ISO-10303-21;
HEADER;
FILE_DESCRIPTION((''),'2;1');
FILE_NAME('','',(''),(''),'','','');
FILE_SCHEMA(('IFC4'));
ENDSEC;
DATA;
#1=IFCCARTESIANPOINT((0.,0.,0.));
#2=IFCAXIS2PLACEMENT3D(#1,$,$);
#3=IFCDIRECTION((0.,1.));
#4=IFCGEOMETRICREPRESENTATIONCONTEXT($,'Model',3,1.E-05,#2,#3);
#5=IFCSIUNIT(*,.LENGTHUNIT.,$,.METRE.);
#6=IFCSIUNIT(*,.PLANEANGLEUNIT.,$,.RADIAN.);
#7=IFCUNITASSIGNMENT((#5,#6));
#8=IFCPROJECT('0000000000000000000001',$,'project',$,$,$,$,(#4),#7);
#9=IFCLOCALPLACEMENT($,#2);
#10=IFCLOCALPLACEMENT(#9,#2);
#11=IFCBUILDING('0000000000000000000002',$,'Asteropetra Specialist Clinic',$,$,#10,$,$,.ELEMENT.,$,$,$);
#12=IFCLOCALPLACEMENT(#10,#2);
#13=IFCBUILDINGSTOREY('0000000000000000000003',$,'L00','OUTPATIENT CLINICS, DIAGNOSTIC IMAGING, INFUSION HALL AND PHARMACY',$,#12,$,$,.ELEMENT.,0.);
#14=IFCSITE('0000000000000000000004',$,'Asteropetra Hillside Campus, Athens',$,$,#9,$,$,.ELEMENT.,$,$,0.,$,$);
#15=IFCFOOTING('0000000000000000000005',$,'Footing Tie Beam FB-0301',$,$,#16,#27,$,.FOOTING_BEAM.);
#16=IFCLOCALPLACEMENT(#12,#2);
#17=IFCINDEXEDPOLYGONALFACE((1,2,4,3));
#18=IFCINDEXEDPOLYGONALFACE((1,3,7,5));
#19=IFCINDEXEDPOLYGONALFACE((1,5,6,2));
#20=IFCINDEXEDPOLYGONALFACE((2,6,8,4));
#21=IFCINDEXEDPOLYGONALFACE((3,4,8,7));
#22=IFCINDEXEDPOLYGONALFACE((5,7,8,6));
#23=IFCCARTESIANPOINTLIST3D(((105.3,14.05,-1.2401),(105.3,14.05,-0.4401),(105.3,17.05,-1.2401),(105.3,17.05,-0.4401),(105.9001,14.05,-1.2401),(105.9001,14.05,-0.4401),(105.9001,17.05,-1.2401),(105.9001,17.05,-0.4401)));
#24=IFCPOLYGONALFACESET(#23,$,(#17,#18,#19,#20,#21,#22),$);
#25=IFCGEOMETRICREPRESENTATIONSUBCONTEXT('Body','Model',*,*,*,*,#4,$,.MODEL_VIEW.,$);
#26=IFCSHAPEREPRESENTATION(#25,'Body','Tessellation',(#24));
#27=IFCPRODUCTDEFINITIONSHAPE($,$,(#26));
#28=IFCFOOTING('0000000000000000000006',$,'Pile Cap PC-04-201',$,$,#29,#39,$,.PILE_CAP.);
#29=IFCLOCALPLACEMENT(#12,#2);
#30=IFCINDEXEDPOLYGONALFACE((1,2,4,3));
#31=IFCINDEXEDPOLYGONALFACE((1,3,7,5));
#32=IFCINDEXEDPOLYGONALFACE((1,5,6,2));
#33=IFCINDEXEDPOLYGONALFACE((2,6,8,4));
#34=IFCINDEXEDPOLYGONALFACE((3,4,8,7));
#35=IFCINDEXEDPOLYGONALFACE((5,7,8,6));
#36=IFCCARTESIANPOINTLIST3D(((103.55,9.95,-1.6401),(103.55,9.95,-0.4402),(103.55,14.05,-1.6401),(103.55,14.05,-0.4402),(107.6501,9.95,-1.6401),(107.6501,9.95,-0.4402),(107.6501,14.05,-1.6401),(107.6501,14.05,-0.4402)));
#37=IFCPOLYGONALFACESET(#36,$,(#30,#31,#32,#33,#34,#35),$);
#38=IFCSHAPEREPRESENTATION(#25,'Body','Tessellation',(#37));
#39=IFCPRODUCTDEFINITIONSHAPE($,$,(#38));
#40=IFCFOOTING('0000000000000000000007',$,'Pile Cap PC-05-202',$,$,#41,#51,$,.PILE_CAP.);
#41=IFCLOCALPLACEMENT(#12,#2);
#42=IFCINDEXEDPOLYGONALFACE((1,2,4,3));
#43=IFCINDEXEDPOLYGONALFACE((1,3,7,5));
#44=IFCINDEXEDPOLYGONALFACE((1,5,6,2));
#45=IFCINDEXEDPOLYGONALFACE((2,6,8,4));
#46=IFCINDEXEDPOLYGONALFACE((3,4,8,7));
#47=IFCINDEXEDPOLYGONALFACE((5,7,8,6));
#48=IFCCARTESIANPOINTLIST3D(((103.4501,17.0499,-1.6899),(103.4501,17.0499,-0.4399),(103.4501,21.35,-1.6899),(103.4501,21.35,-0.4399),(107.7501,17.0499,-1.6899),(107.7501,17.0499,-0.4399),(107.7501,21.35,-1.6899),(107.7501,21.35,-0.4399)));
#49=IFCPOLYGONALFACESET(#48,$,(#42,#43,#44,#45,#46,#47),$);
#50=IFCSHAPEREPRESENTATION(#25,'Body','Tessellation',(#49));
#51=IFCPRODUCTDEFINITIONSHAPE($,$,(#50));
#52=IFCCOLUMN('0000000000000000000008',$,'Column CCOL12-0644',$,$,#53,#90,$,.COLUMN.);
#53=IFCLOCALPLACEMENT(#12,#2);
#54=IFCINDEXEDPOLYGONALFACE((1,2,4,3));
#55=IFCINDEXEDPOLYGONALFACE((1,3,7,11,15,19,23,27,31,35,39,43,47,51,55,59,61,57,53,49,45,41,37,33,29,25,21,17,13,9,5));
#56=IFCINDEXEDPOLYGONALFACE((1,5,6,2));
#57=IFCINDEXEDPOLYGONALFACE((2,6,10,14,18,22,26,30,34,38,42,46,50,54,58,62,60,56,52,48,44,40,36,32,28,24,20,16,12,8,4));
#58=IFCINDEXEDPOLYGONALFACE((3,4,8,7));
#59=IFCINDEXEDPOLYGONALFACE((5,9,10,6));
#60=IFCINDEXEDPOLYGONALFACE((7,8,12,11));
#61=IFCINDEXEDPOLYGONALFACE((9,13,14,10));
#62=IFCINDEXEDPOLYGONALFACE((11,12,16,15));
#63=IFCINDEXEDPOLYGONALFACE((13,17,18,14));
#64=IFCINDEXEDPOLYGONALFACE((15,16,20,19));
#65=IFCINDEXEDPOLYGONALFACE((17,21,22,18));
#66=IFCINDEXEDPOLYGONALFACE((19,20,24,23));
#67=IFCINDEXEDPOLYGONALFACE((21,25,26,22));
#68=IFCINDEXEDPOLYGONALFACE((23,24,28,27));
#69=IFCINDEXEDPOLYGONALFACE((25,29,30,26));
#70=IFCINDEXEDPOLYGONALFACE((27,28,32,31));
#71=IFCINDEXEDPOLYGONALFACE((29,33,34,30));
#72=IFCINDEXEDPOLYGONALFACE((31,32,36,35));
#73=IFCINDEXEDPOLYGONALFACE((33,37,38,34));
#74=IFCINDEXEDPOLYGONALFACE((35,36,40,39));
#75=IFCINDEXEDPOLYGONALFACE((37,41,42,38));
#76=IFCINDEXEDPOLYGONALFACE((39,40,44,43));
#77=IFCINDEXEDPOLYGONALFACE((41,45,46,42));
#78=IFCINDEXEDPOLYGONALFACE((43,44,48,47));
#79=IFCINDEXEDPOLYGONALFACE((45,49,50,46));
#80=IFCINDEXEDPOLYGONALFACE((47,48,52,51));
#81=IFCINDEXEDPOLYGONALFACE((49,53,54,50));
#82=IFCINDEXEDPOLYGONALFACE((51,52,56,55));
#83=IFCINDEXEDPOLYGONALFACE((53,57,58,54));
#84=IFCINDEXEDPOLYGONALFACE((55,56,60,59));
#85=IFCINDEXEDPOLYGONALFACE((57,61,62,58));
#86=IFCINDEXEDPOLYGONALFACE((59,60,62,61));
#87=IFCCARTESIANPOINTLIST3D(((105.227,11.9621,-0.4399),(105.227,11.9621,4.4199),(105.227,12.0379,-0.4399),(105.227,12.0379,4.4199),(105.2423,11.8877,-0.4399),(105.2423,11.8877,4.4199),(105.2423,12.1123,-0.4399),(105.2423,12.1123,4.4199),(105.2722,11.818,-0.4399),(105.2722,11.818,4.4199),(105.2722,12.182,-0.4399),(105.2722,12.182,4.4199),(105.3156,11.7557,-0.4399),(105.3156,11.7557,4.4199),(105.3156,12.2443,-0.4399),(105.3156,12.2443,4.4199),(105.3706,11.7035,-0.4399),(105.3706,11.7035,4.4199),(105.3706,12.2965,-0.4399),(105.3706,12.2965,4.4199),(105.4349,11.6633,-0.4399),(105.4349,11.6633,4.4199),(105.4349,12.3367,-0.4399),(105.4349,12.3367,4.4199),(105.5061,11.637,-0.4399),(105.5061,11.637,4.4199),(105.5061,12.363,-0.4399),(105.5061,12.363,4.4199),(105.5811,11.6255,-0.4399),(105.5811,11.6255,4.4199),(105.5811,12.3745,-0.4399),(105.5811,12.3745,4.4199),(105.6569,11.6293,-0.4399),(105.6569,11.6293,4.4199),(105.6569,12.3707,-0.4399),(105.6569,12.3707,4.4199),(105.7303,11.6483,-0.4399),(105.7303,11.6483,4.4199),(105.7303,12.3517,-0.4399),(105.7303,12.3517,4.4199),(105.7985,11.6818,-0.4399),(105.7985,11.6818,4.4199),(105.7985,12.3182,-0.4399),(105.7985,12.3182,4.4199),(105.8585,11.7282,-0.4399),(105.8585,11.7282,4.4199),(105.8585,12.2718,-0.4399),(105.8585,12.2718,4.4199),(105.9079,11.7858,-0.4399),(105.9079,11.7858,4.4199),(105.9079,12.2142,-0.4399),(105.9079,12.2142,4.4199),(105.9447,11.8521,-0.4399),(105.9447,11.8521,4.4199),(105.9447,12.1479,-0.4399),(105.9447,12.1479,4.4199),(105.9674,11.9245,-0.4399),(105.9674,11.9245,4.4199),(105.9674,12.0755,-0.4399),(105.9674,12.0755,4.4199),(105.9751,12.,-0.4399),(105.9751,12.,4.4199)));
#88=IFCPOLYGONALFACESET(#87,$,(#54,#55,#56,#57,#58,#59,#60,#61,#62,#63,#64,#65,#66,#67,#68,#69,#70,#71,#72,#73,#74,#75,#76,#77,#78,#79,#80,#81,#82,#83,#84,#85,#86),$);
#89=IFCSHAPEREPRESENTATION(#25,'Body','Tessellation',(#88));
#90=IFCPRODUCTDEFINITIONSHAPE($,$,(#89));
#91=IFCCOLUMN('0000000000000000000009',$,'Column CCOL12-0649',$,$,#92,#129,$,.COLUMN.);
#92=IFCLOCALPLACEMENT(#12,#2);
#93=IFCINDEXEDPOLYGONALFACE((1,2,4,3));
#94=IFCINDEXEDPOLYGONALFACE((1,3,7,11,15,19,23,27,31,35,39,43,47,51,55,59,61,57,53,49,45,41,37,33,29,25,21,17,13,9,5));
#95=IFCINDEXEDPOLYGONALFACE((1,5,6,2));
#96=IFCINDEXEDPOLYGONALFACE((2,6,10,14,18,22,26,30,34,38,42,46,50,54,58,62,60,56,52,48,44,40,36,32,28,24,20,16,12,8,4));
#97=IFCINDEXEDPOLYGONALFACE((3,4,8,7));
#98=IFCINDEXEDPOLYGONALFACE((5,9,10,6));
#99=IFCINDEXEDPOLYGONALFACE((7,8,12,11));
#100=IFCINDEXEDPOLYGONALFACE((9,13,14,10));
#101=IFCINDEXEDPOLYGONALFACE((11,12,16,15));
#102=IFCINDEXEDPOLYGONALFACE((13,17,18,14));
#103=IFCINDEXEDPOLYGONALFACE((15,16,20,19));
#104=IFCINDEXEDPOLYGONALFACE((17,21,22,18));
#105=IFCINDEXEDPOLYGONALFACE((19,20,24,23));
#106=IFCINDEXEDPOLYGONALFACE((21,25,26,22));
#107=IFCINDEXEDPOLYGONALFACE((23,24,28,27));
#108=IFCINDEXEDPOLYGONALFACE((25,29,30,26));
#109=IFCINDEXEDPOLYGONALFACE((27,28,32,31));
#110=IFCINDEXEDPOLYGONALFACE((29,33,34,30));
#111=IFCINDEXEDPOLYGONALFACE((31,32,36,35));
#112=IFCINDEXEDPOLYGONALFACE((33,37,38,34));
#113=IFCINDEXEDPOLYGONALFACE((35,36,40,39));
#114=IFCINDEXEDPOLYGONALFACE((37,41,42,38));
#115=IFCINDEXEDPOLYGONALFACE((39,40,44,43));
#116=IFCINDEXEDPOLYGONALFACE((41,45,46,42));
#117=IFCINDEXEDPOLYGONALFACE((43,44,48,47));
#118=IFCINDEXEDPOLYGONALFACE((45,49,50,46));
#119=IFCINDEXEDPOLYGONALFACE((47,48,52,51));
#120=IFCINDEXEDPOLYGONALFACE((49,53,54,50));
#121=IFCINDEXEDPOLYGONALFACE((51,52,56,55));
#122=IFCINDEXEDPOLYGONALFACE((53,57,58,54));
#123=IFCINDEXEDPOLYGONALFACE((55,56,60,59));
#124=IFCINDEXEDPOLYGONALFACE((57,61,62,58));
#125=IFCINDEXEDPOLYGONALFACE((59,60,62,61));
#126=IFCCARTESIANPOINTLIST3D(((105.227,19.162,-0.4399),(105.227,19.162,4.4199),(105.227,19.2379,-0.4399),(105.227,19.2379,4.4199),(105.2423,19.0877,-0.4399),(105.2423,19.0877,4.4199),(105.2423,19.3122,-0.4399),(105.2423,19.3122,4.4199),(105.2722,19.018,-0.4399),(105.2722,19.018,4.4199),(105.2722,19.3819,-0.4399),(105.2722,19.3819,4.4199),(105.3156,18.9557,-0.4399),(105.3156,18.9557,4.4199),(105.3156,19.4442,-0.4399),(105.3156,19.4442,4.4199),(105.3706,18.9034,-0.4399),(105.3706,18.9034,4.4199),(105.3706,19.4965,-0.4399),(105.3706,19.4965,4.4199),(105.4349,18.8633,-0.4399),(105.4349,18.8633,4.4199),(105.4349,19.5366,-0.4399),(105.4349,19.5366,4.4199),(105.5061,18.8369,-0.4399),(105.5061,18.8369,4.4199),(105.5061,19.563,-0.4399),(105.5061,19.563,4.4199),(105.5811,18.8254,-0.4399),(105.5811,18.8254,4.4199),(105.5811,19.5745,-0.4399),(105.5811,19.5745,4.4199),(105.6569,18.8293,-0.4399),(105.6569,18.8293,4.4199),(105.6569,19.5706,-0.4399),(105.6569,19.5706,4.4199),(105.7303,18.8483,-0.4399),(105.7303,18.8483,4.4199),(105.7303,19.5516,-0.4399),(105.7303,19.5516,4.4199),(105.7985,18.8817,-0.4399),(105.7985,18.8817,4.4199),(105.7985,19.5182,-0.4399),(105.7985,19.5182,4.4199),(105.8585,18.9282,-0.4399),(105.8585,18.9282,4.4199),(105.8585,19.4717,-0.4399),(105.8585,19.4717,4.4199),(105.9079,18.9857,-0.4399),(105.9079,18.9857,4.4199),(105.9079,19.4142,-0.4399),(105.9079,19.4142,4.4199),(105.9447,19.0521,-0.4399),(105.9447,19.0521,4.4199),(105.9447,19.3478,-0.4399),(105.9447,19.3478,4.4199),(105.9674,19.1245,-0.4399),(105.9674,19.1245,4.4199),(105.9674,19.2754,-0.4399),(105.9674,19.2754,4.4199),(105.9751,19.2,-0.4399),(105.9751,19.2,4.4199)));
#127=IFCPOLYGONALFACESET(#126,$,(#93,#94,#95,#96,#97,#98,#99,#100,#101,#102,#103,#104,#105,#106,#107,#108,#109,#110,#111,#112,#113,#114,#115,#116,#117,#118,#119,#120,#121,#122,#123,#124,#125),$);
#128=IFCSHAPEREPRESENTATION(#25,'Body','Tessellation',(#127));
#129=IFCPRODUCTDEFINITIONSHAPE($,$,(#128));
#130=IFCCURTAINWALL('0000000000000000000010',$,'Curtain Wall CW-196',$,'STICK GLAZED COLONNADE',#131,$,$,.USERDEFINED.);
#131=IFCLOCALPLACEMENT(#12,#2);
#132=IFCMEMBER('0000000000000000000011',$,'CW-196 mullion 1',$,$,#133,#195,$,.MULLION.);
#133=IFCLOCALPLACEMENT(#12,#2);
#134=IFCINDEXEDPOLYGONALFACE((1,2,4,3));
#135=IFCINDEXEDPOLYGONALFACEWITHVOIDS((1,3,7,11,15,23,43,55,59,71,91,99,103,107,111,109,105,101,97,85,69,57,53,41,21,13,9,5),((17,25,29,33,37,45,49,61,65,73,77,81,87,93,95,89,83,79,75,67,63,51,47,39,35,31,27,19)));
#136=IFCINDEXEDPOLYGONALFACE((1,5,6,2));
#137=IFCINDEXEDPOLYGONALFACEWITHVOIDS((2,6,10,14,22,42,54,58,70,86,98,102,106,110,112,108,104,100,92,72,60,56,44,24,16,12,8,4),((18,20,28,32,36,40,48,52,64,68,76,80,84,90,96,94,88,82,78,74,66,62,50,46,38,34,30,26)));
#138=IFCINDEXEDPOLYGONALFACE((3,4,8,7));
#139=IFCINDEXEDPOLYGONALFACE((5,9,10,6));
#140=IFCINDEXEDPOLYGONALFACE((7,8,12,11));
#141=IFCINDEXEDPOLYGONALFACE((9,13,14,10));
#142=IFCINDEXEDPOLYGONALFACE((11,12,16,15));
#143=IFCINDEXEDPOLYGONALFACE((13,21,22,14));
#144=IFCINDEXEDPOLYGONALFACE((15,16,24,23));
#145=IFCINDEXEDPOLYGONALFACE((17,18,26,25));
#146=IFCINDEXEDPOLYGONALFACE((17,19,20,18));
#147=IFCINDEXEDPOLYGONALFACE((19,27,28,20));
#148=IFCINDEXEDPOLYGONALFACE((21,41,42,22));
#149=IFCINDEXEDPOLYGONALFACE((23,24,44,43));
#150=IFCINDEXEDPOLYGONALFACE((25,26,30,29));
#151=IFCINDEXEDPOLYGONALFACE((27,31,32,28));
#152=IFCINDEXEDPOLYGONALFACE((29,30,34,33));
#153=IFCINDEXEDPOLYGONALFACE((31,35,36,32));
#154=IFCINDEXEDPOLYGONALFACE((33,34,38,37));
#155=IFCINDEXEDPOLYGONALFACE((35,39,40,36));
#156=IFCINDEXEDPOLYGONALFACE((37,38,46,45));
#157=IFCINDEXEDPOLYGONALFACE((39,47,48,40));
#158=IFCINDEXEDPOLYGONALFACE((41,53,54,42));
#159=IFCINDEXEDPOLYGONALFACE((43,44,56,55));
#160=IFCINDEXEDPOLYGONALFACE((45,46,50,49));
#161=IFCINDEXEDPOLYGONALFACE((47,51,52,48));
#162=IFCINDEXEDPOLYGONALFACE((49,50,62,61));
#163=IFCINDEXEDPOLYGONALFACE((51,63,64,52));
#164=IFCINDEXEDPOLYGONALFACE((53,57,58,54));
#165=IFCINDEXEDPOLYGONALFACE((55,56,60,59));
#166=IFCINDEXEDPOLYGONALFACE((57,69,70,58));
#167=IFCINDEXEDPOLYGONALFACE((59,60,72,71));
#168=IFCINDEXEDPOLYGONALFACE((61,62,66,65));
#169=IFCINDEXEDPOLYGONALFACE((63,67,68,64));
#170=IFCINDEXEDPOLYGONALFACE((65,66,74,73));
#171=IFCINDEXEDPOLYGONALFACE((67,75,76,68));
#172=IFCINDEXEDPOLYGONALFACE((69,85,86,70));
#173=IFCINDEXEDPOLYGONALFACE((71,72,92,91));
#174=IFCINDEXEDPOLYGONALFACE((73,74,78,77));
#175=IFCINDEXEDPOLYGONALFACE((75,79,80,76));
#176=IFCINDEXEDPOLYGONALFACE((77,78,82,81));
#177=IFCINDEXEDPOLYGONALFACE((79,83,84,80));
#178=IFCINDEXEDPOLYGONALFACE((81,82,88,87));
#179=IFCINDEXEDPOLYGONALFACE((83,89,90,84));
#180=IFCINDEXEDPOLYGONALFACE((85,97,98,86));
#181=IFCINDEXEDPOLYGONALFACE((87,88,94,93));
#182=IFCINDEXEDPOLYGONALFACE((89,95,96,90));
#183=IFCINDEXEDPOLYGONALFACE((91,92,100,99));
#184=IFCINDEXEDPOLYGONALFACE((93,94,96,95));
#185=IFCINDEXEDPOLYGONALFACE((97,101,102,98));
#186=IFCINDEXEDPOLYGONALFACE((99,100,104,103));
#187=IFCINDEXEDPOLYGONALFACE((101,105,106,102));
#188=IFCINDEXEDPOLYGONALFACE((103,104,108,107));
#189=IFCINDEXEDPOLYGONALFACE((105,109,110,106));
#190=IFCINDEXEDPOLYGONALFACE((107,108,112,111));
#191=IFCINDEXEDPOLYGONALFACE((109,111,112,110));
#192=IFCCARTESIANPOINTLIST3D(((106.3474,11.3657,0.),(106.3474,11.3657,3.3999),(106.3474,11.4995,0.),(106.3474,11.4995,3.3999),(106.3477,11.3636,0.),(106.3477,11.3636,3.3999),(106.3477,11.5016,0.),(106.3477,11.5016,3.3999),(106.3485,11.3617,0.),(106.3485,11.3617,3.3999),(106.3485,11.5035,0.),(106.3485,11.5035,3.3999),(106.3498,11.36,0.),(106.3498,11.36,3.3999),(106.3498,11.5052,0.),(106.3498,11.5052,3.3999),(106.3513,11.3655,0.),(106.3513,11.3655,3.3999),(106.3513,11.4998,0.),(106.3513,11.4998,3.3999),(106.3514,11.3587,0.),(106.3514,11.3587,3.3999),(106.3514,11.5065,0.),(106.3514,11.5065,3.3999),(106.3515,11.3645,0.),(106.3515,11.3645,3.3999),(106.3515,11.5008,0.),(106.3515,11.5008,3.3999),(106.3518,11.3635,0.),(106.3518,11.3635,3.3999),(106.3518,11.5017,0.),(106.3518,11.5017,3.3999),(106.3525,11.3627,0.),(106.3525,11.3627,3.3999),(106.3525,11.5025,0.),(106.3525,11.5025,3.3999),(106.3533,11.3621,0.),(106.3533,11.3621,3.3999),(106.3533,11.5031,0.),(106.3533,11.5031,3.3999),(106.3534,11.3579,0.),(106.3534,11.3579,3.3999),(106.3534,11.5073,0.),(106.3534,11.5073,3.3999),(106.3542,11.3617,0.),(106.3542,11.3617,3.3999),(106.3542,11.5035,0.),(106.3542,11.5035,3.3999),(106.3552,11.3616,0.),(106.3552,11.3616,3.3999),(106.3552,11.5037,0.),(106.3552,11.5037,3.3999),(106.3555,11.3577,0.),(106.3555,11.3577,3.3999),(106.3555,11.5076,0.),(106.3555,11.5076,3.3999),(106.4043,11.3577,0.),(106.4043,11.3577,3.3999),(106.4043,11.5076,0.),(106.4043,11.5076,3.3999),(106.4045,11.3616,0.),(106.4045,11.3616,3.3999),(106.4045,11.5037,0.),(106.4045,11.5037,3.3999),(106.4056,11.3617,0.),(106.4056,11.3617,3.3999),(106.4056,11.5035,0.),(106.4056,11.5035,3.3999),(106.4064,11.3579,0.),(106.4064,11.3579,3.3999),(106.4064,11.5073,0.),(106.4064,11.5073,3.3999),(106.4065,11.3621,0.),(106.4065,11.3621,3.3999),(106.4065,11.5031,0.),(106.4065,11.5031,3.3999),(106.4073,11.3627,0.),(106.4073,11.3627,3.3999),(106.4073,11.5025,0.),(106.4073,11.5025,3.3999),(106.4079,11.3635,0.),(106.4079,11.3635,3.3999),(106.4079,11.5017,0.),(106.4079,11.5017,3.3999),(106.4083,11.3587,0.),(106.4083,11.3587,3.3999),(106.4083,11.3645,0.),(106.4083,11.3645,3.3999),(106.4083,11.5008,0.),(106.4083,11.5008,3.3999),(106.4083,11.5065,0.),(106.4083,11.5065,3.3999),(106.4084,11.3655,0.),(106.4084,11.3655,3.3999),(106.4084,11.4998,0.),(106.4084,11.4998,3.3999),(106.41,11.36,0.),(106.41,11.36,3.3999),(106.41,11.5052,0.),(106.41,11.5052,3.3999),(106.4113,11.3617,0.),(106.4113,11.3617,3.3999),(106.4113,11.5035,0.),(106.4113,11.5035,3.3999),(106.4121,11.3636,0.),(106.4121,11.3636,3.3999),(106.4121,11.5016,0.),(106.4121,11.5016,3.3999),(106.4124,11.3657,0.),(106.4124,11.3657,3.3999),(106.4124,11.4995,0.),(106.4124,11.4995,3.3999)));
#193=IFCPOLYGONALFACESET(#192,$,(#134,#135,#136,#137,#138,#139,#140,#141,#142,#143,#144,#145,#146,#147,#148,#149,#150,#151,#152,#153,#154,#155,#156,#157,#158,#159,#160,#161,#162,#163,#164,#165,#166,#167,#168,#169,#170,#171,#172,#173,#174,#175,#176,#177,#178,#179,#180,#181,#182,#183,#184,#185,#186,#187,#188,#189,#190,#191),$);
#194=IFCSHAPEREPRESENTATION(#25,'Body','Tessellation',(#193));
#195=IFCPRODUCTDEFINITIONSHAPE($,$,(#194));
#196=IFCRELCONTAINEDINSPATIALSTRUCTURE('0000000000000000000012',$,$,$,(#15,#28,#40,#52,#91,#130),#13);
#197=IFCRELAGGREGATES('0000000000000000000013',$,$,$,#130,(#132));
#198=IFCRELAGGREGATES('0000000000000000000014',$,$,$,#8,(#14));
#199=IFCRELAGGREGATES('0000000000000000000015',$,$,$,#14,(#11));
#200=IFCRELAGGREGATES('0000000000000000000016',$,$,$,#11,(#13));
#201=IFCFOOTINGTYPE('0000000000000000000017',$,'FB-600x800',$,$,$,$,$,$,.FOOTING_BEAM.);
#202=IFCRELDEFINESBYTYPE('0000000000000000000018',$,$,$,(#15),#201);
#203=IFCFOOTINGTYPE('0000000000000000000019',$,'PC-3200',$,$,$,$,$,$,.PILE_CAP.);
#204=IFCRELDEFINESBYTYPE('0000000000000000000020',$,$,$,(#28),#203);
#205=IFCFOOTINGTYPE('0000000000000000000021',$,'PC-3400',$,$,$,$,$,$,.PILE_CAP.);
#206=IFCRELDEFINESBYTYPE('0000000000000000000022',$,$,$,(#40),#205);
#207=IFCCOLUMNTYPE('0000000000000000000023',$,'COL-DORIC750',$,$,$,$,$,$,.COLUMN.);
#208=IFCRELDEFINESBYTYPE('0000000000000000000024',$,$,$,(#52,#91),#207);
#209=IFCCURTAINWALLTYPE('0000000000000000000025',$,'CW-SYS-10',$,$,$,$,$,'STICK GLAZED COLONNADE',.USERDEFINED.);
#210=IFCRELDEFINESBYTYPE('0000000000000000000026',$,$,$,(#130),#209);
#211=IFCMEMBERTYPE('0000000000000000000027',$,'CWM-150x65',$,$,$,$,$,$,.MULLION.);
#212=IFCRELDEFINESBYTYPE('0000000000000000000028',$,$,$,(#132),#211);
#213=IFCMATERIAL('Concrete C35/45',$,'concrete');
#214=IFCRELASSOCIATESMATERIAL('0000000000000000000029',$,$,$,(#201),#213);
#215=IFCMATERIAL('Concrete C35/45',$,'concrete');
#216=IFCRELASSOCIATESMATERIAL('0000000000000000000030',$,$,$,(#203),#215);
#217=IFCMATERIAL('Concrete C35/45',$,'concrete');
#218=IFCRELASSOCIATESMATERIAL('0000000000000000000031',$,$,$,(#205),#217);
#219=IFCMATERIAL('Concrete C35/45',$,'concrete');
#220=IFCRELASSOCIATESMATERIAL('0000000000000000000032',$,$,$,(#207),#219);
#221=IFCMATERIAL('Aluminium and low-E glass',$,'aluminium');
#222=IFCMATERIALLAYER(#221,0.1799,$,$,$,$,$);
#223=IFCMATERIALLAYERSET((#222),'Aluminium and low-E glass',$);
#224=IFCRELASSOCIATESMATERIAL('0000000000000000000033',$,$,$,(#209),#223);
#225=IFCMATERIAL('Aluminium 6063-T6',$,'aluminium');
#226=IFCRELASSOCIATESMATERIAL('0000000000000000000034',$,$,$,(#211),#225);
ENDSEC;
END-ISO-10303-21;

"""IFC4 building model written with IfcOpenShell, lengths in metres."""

from ifc_helpers import new_model, si_unit, direction, frame, origin, origin_2d, place, context, subcontext, project, spatial, rectangle, hollow_rectangle, circle, extrude, material, layer, layer_set, material_profile, profile_set, type_object, element, aggregate, save


model = new_model("IFC4")

# Units and contexts
model_context = context("Model", 3, precision=1e-05, world=origin(), true_north=direction((0.0, 1.0)))
body_context = subcontext(model_context, "Body", "Model", "MODEL_VIEW")
ifc_project = project(units=[si_unit("LENGTHUNIT", "METRE"), si_unit("PLANEANGLEUNIT", "RADIAN")], contexts=[model_context])

# Site, building, storey
site_placement = place(None, origin())
site = spatial("IfcSite", under=ifc_project, at=site_placement, Name="Asteropetra Hillside Campus, Athens", CompositionType="ELEMENT", RefElevation=0.0)
building_placement = place(site_placement, origin())
building = spatial("IfcBuilding", under=site, at=building_placement, Name="Asteropetra Specialist Clinic", CompositionType="ELEMENT")
storey_placement = place(building_placement, origin())
storey = spatial("IfcBuildingStorey", under=building, at=storey_placement, Name="L00", Description="OUTPATIENT CLINICS, DIAGNOSTIC IMAGING, INFUSION HALL AND PHARMACY", CompositionType="ELEMENT", Elevation=0.0)

# Footings
ifc_material_1 = material(Name="Concrete C35/45", Category="concrete")
ifc_material_profile_1 = material_profile(ifc_material_1, rectangle(XDim=0.6001, YDim=0.8, at=origin_2d()), Name="FB 600x800")
ifc_profile_set_1 = profile_set([ifc_material_profile_1], Name="Concrete C35/45")
footing_type_1 = type_object("IfcFootingType", Name="FB-600x800", PredefinedType="FOOTING_BEAM", material=ifc_profile_set_1)
footing_1_placement = place(storey_placement, frame((105.6001, 14.05, -0.8401), z_axis=(0.0, 1.0, 0.0), x_axis=(-1.0, 0.0, 0.0)))
element("IfcFooting", 1, at=footing_1_placement, inside=storey, type_object=footing_type_1, Name="Footing Tie Beam FB-0301", PredefinedType="FOOTING_BEAM", context=body_context, shape_type="SweptSolid", body=[
    extrude(rectangle(XDim=0.6001, YDim=0.8, at=origin_2d()), origin(), (0.0, 0.0, 1.0), 3.0),
])
ifc_material_2 = material(Name="Concrete C35/45", Category="concrete")
footing_type_2 = type_object("IfcFootingType", Name="PC-3200", PredefinedType="PILE_CAP", material=ifc_material_2)
footing_2_placement = place(storey_placement, frame((105.6001, 12.0, -1.6401), z_axis=(0.0, 0.0, 1.0), x_axis=(1.0, 0.0, 0.0)))
element("IfcFooting", 2, at=footing_2_placement, inside=storey, type_object=footing_type_2, Name="Pile Cap PC-04-201", PredefinedType="PILE_CAP", context=body_context, shape_type="SweptSolid", body=[
    extrude(rectangle(XDim=4.1001, YDim=4.1001, at=origin_2d()), origin(), (0.0, 0.0, 1.0), 1.2),
])
ifc_material_3 = material(Name="Concrete C35/45", Category="concrete")
footing_type_3 = type_object("IfcFootingType", Name="PC-3400", PredefinedType="PILE_CAP", material=ifc_material_3)
footing_3_placement = place(storey_placement, frame((105.6001, 19.2, -1.6899), z_axis=(0.0, 0.0, 1.0), x_axis=(1.0, 0.0, 0.0)))
element("IfcFooting", 3, at=footing_3_placement, inside=storey, type_object=footing_type_3, Name="Pile Cap PC-05-202", PredefinedType="PILE_CAP", context=body_context, shape_type="SweptSolid", body=[
    extrude(rectangle(XDim=4.3, YDim=4.3, at=origin_2d()), origin(), (0.0, 0.0, 1.0), 1.25),
])

# Columns
ifc_material_4 = material(Name="Concrete C35/45", Category="concrete")
ifc_material_profile_2 = material_profile(ifc_material_4, circle(Radius=0.375, at=origin_2d()), Name="RCC D750")
ifc_profile_set_2 = profile_set([ifc_material_profile_2], Name="Concrete C35/45")
column_type = type_object("IfcColumnType", Name="COL-DORIC750", PredefinedType="COLUMN", material=ifc_profile_set_2)
for number, where, z_axis, x_axis, name in (
    (4, (105.6001, 12.0, -0.4399), (0.0, 0.0, 1.0), (1.0, 0.0, 0.0), "Column CCOL12-0644"),
    (5, (105.6001, 19.2, -0.4399), (0.0, 0.0, 1.0), (1.0, 0.0, 0.0), "Column CCOL12-0649"),
):
    element("IfcColumn", number, at=place(storey_placement, frame(where, z_axis=z_axis, x_axis=x_axis)), inside=storey, type_object=column_type, Name=name, PredefinedType="COLUMN", context=body_context, shape_type="SweptSolid", body=[
        extrude(circle(Radius=0.375, at=origin_2d()), origin(), (0.0, 0.0, 1.0), 4.8599),
    ])

# Curtain wall, member
ifc_material_5 = material(Name="Aluminium and low-E glass", Category="aluminium")
ifc_layer_1 = layer(ifc_material_5, 0.1799)
ifc_layer_set_1 = layer_set([ifc_layer_1], Name="Aluminium and low-E glass")
curtain_wall_type_1 = type_object("IfcCurtainWallType", Name="CW-SYS-10", ElementType="STICK GLAZED COLONNADE", PredefinedType="USERDEFINED", material=ifc_layer_set_1)
curtain_wall_1_placement = place(storey_placement, origin())
curtain_wall_1 = element("IfcCurtainWall", 6, at=curtain_wall_1_placement, inside=storey, type_object=curtain_wall_type_1, Name="Curtain Wall CW-196", ObjectType="STICK GLAZED COLONNADE", PredefinedType="USERDEFINED")
ifc_material_6 = material(Name="Aluminium 6063-T6", Category="aluminium")
ifc_material_profile_3 = material_profile(ifc_material_6, hollow_rectangle(XDim=0.0649, YDim=0.1499, WallThickness=0.0039, InnerFilletRadius=0.0039, OuterFilletRadius=0.0081, at=origin_2d()), Name="MUL 150x65x4.0")
ifc_profile_set_3 = profile_set([ifc_material_profile_3], Name="Aluminium 6063-T6")
member_type_1 = type_object("IfcMemberType", Name="CWM-150x65", PredefinedType="MULLION", material=ifc_profile_set_3)
member_1_placement = place(storey_placement, frame((106.3799, 11.4326, 0.0), z_axis=(0.0, 0.0, 1.0), x_axis=(1.0, 0.0, 0.0)))
member_1 = element("IfcMember", 7, at=member_1_placement, type_object=member_type_1, Name="CW-196 mullion 1", PredefinedType="MULLION", context=body_context, shape_type="SweptSolid", body=[
    extrude(hollow_rectangle(XDim=0.0649, YDim=0.1499, WallThickness=0.0039, InnerFilletRadius=0.0039, OuterFilletRadius=0.0081, at=origin_2d()), origin(), (0.0, 0.0, 1.0), 3.3999),
])

aggregate(curtain_wall_1, [member_1])

save(model, "model.ifc")
